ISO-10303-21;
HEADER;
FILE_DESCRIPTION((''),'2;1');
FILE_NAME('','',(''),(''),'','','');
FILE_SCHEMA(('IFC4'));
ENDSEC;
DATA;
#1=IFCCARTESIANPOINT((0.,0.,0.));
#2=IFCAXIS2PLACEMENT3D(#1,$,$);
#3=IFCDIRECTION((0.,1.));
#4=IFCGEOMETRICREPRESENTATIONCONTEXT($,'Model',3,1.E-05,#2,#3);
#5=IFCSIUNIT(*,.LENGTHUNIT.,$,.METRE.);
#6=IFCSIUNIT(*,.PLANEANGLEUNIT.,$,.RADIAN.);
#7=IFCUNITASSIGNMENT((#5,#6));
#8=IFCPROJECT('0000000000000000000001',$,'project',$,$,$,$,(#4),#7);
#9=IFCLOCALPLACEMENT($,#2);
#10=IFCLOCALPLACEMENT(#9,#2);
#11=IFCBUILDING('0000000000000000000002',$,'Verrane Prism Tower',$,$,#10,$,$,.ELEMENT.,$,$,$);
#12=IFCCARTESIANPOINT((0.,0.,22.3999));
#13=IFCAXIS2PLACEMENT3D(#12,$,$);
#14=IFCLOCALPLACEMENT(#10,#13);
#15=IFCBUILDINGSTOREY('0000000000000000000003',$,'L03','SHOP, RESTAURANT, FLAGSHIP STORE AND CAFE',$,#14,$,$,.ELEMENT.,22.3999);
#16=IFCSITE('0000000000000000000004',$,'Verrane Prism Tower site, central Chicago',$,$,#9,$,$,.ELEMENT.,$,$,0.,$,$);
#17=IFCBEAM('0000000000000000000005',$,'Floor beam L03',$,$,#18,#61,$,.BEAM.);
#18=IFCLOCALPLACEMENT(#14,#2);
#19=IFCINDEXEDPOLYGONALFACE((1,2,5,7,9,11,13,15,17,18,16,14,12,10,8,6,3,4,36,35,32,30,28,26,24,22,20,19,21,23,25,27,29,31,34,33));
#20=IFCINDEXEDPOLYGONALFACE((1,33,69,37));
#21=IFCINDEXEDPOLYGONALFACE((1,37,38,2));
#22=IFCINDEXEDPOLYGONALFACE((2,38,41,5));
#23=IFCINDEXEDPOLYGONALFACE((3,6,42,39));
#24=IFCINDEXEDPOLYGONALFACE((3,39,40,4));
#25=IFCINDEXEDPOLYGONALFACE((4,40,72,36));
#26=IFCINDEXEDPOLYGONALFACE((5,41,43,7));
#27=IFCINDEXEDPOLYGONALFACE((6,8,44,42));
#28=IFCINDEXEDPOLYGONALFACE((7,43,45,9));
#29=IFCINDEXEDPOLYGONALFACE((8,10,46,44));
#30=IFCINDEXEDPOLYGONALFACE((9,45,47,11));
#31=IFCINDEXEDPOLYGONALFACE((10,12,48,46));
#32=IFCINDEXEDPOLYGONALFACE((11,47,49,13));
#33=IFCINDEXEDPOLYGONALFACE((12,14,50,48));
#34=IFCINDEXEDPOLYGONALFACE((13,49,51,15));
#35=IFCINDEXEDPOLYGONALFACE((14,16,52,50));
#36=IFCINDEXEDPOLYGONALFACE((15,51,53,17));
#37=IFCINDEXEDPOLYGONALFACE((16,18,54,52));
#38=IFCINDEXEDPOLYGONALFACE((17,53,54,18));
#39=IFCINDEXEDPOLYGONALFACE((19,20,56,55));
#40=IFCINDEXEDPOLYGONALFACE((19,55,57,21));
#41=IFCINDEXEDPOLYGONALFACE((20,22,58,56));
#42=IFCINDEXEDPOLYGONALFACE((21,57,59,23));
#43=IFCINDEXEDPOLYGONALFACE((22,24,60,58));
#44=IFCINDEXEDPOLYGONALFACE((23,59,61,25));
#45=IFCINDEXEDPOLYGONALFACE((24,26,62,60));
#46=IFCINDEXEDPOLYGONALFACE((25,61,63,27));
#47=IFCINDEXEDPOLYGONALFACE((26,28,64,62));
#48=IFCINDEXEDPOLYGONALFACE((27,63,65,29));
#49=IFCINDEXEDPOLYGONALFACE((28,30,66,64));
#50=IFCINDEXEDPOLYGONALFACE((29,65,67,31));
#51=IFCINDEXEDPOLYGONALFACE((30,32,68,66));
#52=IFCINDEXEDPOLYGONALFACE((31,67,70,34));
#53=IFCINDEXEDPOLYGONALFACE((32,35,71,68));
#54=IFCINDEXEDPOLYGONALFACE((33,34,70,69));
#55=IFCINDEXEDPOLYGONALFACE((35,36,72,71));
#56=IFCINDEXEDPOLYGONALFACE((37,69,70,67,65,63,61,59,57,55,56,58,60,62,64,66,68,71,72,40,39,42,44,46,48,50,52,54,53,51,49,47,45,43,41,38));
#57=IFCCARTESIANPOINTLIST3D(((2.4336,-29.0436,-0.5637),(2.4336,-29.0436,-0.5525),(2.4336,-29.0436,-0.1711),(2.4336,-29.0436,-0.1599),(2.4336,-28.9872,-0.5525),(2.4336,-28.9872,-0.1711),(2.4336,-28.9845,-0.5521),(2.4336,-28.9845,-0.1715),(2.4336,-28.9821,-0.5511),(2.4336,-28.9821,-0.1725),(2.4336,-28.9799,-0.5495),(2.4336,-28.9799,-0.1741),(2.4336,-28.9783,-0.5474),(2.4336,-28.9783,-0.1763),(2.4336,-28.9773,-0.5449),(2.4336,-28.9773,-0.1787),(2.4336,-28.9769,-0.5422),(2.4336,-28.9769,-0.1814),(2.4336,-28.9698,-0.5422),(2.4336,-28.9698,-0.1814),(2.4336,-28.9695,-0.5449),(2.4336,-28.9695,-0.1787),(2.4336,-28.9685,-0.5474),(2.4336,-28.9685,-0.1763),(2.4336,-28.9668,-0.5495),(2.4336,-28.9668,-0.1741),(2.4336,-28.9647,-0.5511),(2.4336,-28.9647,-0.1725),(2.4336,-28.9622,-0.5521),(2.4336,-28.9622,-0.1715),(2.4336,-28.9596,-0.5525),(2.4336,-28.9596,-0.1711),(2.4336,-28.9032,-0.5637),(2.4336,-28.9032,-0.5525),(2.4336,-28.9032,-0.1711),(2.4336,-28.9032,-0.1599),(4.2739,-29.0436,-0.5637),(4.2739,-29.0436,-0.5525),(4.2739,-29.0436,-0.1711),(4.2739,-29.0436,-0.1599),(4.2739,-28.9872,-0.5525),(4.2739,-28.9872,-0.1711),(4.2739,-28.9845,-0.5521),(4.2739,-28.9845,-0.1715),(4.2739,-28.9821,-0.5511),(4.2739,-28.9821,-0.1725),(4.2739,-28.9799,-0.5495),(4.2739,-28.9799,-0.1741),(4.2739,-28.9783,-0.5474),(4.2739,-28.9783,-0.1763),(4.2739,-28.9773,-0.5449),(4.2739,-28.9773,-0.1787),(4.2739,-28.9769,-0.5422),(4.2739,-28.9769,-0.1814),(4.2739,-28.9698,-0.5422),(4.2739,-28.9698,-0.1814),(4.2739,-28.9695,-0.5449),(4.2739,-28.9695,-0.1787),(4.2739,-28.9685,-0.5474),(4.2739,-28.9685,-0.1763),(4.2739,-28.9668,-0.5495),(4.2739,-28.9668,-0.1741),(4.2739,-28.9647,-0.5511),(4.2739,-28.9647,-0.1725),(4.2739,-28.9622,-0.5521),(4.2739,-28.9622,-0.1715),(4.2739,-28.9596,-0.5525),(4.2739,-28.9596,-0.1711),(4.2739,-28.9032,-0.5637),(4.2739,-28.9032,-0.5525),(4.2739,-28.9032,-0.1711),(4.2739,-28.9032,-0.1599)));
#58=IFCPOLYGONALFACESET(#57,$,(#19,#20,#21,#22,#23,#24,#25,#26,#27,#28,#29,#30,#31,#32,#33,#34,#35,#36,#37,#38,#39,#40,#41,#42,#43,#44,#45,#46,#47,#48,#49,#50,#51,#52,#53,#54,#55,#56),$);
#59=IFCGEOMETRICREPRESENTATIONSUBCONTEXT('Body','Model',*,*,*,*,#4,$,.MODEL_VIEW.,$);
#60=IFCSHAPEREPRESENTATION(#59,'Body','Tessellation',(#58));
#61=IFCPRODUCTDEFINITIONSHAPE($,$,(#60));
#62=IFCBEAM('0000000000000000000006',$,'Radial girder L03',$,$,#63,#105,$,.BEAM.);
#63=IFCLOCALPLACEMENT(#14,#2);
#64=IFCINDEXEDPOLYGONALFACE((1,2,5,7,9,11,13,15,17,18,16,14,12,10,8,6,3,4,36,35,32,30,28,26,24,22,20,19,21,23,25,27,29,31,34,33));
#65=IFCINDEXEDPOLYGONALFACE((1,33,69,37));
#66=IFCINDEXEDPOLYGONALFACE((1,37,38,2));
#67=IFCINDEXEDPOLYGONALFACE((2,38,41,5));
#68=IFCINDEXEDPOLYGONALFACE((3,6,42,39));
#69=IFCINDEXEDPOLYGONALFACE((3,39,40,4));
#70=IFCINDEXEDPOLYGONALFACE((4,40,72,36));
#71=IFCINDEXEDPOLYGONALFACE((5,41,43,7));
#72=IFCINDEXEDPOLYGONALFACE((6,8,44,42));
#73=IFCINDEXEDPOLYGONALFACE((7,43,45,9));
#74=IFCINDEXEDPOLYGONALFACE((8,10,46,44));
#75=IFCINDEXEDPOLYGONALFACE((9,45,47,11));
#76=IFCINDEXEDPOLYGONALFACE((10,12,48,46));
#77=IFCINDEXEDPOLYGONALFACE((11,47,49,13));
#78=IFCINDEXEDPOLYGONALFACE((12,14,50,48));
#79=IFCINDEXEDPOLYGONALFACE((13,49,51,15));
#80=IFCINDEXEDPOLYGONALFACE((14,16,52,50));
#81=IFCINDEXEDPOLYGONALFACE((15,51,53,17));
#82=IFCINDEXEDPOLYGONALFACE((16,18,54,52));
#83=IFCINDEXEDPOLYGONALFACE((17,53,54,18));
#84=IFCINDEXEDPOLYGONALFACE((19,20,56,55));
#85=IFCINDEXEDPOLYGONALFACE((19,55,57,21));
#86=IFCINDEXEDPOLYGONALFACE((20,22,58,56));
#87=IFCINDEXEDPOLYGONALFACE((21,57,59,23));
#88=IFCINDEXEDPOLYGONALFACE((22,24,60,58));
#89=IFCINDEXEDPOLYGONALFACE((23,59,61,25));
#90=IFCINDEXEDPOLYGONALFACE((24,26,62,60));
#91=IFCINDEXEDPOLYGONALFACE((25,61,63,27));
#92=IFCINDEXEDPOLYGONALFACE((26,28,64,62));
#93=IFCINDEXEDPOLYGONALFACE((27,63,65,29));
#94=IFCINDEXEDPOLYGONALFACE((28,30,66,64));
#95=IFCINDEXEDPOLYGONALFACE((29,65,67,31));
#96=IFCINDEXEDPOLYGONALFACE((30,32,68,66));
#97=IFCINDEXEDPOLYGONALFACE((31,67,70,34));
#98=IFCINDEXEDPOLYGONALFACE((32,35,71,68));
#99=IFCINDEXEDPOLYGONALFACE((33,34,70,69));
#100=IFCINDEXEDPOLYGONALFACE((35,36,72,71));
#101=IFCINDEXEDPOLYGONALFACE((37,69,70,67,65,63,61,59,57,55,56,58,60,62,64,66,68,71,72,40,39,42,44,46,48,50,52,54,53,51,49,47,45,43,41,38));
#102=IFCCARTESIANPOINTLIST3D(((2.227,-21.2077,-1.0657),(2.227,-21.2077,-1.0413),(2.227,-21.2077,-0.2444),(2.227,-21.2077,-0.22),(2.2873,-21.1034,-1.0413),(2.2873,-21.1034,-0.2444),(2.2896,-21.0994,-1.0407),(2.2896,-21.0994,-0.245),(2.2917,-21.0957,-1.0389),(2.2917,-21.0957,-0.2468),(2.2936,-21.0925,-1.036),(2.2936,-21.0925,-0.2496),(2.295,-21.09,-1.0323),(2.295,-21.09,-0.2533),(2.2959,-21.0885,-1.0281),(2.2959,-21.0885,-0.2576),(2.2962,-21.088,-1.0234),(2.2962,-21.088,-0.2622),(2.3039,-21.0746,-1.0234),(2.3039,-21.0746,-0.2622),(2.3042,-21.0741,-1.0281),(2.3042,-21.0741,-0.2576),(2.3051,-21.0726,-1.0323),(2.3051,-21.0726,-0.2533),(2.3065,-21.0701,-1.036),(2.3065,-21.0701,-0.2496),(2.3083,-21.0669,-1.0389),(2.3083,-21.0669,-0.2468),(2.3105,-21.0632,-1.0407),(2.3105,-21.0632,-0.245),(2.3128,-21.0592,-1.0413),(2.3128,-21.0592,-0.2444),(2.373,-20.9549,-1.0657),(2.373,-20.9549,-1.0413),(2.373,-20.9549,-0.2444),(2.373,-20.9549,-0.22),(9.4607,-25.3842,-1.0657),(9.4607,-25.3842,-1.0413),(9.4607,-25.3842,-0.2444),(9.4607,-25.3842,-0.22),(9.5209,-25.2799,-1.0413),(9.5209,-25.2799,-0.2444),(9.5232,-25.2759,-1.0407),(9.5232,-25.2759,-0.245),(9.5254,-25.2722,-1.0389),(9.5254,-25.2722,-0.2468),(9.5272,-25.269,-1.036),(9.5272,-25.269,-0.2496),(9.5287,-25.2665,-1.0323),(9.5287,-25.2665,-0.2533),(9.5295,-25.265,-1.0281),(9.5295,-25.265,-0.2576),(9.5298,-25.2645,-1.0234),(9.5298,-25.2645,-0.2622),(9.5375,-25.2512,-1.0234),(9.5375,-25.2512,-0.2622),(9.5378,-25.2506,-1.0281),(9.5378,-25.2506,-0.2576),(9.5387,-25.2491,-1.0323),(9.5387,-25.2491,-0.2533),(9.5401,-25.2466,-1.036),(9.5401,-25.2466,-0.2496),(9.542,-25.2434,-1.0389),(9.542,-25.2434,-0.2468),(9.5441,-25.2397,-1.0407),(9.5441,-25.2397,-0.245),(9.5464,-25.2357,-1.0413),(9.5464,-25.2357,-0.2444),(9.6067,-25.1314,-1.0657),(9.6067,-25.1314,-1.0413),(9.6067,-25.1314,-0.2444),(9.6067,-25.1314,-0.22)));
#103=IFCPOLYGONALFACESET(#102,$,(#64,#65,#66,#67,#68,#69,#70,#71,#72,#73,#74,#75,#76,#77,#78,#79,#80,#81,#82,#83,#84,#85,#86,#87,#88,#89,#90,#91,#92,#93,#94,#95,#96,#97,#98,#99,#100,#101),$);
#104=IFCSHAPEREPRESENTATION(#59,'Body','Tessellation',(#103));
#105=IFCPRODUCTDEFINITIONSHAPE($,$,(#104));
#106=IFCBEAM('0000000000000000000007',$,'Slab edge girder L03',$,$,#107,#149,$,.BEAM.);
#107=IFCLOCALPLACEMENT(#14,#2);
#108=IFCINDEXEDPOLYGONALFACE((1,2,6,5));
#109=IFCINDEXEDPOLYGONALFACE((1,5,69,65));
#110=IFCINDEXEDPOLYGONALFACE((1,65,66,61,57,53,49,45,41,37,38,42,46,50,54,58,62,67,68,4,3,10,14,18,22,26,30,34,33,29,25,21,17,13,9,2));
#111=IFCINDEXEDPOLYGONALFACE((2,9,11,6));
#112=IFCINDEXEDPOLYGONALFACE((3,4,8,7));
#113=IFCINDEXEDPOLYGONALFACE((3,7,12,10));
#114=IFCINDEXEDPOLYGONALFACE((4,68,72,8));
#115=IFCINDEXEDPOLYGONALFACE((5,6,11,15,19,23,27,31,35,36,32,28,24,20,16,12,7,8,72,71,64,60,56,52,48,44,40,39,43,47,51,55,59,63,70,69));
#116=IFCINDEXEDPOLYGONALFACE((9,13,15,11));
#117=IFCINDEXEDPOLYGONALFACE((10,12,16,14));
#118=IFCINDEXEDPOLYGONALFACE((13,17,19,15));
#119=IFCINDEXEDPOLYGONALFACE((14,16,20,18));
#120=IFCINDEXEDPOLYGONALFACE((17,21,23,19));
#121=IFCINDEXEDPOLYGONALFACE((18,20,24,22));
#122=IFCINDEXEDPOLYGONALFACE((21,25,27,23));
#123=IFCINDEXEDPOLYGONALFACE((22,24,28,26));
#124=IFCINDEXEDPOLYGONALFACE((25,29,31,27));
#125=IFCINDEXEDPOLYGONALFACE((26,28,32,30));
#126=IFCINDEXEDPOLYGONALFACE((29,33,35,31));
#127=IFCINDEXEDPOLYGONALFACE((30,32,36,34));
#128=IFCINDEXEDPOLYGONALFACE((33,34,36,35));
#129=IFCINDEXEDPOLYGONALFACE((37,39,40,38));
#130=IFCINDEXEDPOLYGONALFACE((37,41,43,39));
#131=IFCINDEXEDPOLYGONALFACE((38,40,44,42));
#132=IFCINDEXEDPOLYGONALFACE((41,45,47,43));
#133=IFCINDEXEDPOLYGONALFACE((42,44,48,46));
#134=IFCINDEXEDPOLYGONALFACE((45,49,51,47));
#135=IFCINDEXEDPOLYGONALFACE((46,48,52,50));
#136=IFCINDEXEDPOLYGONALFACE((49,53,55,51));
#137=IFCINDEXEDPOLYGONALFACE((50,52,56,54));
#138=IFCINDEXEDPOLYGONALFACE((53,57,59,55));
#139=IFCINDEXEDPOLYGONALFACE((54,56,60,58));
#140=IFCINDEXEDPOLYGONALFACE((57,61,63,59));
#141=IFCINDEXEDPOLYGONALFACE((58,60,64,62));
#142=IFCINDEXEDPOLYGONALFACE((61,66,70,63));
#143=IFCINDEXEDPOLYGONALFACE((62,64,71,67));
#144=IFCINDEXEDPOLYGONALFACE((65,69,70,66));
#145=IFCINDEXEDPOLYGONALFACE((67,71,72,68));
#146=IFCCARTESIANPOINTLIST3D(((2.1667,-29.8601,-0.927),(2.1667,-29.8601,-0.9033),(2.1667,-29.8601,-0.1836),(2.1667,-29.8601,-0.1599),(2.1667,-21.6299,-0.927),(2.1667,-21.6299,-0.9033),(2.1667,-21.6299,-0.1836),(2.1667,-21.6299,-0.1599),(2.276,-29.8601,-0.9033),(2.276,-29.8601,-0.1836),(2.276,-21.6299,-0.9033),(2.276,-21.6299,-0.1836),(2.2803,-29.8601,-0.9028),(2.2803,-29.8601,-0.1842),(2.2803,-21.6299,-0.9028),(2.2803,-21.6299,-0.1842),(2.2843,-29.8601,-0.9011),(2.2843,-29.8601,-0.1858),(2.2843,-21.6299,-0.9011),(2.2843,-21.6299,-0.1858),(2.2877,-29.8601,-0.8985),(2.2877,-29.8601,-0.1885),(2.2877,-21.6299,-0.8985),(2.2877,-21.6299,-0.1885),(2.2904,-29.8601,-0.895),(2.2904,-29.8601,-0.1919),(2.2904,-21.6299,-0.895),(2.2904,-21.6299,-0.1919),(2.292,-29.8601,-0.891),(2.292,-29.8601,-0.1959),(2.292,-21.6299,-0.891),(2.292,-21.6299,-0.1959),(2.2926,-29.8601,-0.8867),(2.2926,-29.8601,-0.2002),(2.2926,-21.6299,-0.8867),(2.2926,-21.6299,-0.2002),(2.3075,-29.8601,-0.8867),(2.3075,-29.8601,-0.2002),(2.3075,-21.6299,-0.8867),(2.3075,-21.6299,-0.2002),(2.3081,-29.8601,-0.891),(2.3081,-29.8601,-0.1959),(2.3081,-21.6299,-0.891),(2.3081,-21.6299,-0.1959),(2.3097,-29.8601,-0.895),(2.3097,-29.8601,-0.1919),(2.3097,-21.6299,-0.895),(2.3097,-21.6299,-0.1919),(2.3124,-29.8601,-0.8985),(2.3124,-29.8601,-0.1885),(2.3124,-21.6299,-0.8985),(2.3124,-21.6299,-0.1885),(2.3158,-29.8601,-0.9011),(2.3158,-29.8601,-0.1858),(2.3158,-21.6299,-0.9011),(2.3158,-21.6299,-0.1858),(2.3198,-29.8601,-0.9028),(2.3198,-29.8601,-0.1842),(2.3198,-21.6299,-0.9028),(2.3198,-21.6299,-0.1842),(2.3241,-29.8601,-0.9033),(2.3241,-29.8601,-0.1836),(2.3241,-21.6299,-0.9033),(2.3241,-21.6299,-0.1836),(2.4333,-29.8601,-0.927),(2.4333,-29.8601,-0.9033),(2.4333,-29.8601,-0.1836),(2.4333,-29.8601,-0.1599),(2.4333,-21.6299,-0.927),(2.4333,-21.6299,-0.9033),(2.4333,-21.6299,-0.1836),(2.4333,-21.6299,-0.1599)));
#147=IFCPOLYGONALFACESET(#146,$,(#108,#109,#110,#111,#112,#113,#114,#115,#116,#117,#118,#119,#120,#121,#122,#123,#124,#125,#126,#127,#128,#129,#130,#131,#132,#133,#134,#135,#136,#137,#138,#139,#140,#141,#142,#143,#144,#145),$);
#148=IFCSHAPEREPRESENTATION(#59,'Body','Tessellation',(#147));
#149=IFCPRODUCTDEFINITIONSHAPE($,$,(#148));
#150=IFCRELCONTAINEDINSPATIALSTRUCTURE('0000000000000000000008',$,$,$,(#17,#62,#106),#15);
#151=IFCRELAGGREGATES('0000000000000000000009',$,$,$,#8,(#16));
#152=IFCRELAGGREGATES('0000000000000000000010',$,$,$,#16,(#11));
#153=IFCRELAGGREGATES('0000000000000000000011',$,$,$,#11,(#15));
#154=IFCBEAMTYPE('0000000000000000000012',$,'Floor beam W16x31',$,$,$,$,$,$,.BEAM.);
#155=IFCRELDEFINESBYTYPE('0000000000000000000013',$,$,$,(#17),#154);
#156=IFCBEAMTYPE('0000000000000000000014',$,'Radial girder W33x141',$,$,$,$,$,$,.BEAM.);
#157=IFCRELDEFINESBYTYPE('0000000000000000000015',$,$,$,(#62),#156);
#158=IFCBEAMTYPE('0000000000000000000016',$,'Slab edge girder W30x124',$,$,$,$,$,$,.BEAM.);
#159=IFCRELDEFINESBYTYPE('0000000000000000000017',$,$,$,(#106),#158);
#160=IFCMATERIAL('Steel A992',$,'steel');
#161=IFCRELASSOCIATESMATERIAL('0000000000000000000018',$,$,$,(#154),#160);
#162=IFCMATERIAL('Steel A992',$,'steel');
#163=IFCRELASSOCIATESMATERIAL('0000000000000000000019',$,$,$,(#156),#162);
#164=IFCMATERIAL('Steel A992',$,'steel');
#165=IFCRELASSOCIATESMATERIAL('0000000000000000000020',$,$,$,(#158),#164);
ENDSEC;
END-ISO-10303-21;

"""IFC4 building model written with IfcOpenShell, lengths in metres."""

from ifc_helpers import new_model, si_unit, direction, frame, origin, origin_2d, place, context, subcontext, project, spatial, i_section, extrude, material, material_profile, profile_set, type_object, element, save


model = new_model("IFC4")

# Units and contexts
model_context = context("Model", 3, precision=1e-05, world=origin(), true_north=direction((0.0, 1.0)))
body_context = subcontext(model_context, "Body", "Model", "MODEL_VIEW")
ifc_project = project(units=[si_unit("LENGTHUNIT", "METRE"), si_unit("PLANEANGLEUNIT", "RADIAN")], contexts=[model_context])

# Site, building, storey
site_placement = place(None, origin())
site = spatial("IfcSite", under=ifc_project, at=site_placement, Name="Verrane Prism Tower site, central Chicago", CompositionType="ELEMENT", RefElevation=0.0)
building_placement = place(site_placement, origin())
building = spatial("IfcBuilding", under=site, at=building_placement, Name="Verrane Prism Tower", CompositionType="ELEMENT")
storey_placement = place(building_placement, frame((0.0, 0.0, 22.3999)))
storey = spatial("IfcBuildingStorey", under=building, at=storey_placement, Name="L03", Description="SHOP, RESTAURANT, FLAGSHIP STORE AND CAFE", CompositionType="ELEMENT", Elevation=22.3999)

# Beams
ifc_material_1 = material(Name="Steel A992", Category="steel")
ifc_material_profile_1 = material_profile(ifc_material_1, i_section(OverallWidth=0.1404, OverallDepth=0.4038, WebThickness=0.0071, FlangeThickness=0.0112, FilletRadius=0.0103, at=origin_2d()), Name="W16x31")
ifc_profile_set_1 = profile_set([ifc_material_profile_1], Name="Steel A992")
beam_type_1 = type_object("IfcBeamType", Name="Floor beam W16x31", PredefinedType="BEAM", material=ifc_profile_set_1)
beam_1_placement = place(storey_placement, frame((2.4336, -28.9734, -0.3618), z_axis=(1.0, 0.0, 0.0), x_axis=(0.0, 1.0, 0.0)))
element("IfcBeam", 1, at=beam_1_placement, inside=storey, type_object=beam_type_1, Name="Floor beam L03", PredefinedType="BEAM", context=body_context, shape_type="SweptSolid", body=[
    extrude(i_section(OverallWidth=0.1404, OverallDepth=0.4038, WebThickness=0.0071, FlangeThickness=0.0112, FilletRadius=0.0103, at=origin_2d()), origin(), (0.0, 0.0, 1.0), 1.8403),
])
ifc_material_2 = material(Name="Steel A992", Category="steel")
ifc_material_profile_2 = material_profile(ifc_material_2, i_section(OverallWidth=0.292, OverallDepth=0.8457, WebThickness=0.0154, FlangeThickness=0.0244, FilletRadius=0.0178, at=origin_2d()), Name="W33x141")
ifc_profile_set_2 = profile_set([ifc_material_profile_2], Name="Steel A992")
beam_type_2 = type_object("IfcBeamType", Name="Radial girder W33x141", PredefinedType="BEAM", material=ifc_profile_set_2)
beam_2_placement = place(storey_placement, frame((9.5337, -25.2578, -0.6428), z_axis=(-0.866017, 0.500015, 0.0), x_axis=(-0.500015, -0.866017, 0.0)))
element("IfcBeam", 2, at=beam_2_placement, inside=storey, type_object=beam_type_2, Name="Radial girder L03", PredefinedType="BEAM", context=body_context, shape_type="SweptSolid", body=[
    extrude(i_section(OverallWidth=0.292, OverallDepth=0.8457, WebThickness=0.0154, FlangeThickness=0.0244, FilletRadius=0.0178, at=origin_2d()), origin(), (0.0, 0.0, 1.0), 8.3528),
])
ifc_material_3 = material(Name="Steel A992", Category="steel")
ifc_material_profile_3 = material_profile(ifc_material_3, i_section(OverallWidth=0.2666, OverallDepth=0.7671, WebThickness=0.0149, FlangeThickness=0.0237, FilletRadius=0.0166, at=origin_2d()), Name="W30x124")
ifc_profile_set_3 = profile_set([ifc_material_profile_3], Name="Steel A992")
beam_type_3 = type_object("IfcBeamType", Name="Slab edge girder W30x124", PredefinedType="BEAM", material=ifc_profile_set_3)
beam_3_placement = place(storey_placement, frame((2.3, -29.8601, -0.5435), z_axis=(0.0, 1.0, 0.0), x_axis=(-1.0, 0.0, 0.0)))
element("IfcBeam", 3, at=beam_3_placement, inside=storey, type_object=beam_type_3, Name="Slab edge girder L03", PredefinedType="BEAM", context=body_context, shape_type="SweptSolid", body=[
    extrude(i_section(OverallWidth=0.2666, OverallDepth=0.7671, WebThickness=0.0149, FlangeThickness=0.0237, FilletRadius=0.0166, at=origin_2d()), origin(), (0.0, 0.0, 1.0), 8.2302),
])

save(model, "model.ifc")
